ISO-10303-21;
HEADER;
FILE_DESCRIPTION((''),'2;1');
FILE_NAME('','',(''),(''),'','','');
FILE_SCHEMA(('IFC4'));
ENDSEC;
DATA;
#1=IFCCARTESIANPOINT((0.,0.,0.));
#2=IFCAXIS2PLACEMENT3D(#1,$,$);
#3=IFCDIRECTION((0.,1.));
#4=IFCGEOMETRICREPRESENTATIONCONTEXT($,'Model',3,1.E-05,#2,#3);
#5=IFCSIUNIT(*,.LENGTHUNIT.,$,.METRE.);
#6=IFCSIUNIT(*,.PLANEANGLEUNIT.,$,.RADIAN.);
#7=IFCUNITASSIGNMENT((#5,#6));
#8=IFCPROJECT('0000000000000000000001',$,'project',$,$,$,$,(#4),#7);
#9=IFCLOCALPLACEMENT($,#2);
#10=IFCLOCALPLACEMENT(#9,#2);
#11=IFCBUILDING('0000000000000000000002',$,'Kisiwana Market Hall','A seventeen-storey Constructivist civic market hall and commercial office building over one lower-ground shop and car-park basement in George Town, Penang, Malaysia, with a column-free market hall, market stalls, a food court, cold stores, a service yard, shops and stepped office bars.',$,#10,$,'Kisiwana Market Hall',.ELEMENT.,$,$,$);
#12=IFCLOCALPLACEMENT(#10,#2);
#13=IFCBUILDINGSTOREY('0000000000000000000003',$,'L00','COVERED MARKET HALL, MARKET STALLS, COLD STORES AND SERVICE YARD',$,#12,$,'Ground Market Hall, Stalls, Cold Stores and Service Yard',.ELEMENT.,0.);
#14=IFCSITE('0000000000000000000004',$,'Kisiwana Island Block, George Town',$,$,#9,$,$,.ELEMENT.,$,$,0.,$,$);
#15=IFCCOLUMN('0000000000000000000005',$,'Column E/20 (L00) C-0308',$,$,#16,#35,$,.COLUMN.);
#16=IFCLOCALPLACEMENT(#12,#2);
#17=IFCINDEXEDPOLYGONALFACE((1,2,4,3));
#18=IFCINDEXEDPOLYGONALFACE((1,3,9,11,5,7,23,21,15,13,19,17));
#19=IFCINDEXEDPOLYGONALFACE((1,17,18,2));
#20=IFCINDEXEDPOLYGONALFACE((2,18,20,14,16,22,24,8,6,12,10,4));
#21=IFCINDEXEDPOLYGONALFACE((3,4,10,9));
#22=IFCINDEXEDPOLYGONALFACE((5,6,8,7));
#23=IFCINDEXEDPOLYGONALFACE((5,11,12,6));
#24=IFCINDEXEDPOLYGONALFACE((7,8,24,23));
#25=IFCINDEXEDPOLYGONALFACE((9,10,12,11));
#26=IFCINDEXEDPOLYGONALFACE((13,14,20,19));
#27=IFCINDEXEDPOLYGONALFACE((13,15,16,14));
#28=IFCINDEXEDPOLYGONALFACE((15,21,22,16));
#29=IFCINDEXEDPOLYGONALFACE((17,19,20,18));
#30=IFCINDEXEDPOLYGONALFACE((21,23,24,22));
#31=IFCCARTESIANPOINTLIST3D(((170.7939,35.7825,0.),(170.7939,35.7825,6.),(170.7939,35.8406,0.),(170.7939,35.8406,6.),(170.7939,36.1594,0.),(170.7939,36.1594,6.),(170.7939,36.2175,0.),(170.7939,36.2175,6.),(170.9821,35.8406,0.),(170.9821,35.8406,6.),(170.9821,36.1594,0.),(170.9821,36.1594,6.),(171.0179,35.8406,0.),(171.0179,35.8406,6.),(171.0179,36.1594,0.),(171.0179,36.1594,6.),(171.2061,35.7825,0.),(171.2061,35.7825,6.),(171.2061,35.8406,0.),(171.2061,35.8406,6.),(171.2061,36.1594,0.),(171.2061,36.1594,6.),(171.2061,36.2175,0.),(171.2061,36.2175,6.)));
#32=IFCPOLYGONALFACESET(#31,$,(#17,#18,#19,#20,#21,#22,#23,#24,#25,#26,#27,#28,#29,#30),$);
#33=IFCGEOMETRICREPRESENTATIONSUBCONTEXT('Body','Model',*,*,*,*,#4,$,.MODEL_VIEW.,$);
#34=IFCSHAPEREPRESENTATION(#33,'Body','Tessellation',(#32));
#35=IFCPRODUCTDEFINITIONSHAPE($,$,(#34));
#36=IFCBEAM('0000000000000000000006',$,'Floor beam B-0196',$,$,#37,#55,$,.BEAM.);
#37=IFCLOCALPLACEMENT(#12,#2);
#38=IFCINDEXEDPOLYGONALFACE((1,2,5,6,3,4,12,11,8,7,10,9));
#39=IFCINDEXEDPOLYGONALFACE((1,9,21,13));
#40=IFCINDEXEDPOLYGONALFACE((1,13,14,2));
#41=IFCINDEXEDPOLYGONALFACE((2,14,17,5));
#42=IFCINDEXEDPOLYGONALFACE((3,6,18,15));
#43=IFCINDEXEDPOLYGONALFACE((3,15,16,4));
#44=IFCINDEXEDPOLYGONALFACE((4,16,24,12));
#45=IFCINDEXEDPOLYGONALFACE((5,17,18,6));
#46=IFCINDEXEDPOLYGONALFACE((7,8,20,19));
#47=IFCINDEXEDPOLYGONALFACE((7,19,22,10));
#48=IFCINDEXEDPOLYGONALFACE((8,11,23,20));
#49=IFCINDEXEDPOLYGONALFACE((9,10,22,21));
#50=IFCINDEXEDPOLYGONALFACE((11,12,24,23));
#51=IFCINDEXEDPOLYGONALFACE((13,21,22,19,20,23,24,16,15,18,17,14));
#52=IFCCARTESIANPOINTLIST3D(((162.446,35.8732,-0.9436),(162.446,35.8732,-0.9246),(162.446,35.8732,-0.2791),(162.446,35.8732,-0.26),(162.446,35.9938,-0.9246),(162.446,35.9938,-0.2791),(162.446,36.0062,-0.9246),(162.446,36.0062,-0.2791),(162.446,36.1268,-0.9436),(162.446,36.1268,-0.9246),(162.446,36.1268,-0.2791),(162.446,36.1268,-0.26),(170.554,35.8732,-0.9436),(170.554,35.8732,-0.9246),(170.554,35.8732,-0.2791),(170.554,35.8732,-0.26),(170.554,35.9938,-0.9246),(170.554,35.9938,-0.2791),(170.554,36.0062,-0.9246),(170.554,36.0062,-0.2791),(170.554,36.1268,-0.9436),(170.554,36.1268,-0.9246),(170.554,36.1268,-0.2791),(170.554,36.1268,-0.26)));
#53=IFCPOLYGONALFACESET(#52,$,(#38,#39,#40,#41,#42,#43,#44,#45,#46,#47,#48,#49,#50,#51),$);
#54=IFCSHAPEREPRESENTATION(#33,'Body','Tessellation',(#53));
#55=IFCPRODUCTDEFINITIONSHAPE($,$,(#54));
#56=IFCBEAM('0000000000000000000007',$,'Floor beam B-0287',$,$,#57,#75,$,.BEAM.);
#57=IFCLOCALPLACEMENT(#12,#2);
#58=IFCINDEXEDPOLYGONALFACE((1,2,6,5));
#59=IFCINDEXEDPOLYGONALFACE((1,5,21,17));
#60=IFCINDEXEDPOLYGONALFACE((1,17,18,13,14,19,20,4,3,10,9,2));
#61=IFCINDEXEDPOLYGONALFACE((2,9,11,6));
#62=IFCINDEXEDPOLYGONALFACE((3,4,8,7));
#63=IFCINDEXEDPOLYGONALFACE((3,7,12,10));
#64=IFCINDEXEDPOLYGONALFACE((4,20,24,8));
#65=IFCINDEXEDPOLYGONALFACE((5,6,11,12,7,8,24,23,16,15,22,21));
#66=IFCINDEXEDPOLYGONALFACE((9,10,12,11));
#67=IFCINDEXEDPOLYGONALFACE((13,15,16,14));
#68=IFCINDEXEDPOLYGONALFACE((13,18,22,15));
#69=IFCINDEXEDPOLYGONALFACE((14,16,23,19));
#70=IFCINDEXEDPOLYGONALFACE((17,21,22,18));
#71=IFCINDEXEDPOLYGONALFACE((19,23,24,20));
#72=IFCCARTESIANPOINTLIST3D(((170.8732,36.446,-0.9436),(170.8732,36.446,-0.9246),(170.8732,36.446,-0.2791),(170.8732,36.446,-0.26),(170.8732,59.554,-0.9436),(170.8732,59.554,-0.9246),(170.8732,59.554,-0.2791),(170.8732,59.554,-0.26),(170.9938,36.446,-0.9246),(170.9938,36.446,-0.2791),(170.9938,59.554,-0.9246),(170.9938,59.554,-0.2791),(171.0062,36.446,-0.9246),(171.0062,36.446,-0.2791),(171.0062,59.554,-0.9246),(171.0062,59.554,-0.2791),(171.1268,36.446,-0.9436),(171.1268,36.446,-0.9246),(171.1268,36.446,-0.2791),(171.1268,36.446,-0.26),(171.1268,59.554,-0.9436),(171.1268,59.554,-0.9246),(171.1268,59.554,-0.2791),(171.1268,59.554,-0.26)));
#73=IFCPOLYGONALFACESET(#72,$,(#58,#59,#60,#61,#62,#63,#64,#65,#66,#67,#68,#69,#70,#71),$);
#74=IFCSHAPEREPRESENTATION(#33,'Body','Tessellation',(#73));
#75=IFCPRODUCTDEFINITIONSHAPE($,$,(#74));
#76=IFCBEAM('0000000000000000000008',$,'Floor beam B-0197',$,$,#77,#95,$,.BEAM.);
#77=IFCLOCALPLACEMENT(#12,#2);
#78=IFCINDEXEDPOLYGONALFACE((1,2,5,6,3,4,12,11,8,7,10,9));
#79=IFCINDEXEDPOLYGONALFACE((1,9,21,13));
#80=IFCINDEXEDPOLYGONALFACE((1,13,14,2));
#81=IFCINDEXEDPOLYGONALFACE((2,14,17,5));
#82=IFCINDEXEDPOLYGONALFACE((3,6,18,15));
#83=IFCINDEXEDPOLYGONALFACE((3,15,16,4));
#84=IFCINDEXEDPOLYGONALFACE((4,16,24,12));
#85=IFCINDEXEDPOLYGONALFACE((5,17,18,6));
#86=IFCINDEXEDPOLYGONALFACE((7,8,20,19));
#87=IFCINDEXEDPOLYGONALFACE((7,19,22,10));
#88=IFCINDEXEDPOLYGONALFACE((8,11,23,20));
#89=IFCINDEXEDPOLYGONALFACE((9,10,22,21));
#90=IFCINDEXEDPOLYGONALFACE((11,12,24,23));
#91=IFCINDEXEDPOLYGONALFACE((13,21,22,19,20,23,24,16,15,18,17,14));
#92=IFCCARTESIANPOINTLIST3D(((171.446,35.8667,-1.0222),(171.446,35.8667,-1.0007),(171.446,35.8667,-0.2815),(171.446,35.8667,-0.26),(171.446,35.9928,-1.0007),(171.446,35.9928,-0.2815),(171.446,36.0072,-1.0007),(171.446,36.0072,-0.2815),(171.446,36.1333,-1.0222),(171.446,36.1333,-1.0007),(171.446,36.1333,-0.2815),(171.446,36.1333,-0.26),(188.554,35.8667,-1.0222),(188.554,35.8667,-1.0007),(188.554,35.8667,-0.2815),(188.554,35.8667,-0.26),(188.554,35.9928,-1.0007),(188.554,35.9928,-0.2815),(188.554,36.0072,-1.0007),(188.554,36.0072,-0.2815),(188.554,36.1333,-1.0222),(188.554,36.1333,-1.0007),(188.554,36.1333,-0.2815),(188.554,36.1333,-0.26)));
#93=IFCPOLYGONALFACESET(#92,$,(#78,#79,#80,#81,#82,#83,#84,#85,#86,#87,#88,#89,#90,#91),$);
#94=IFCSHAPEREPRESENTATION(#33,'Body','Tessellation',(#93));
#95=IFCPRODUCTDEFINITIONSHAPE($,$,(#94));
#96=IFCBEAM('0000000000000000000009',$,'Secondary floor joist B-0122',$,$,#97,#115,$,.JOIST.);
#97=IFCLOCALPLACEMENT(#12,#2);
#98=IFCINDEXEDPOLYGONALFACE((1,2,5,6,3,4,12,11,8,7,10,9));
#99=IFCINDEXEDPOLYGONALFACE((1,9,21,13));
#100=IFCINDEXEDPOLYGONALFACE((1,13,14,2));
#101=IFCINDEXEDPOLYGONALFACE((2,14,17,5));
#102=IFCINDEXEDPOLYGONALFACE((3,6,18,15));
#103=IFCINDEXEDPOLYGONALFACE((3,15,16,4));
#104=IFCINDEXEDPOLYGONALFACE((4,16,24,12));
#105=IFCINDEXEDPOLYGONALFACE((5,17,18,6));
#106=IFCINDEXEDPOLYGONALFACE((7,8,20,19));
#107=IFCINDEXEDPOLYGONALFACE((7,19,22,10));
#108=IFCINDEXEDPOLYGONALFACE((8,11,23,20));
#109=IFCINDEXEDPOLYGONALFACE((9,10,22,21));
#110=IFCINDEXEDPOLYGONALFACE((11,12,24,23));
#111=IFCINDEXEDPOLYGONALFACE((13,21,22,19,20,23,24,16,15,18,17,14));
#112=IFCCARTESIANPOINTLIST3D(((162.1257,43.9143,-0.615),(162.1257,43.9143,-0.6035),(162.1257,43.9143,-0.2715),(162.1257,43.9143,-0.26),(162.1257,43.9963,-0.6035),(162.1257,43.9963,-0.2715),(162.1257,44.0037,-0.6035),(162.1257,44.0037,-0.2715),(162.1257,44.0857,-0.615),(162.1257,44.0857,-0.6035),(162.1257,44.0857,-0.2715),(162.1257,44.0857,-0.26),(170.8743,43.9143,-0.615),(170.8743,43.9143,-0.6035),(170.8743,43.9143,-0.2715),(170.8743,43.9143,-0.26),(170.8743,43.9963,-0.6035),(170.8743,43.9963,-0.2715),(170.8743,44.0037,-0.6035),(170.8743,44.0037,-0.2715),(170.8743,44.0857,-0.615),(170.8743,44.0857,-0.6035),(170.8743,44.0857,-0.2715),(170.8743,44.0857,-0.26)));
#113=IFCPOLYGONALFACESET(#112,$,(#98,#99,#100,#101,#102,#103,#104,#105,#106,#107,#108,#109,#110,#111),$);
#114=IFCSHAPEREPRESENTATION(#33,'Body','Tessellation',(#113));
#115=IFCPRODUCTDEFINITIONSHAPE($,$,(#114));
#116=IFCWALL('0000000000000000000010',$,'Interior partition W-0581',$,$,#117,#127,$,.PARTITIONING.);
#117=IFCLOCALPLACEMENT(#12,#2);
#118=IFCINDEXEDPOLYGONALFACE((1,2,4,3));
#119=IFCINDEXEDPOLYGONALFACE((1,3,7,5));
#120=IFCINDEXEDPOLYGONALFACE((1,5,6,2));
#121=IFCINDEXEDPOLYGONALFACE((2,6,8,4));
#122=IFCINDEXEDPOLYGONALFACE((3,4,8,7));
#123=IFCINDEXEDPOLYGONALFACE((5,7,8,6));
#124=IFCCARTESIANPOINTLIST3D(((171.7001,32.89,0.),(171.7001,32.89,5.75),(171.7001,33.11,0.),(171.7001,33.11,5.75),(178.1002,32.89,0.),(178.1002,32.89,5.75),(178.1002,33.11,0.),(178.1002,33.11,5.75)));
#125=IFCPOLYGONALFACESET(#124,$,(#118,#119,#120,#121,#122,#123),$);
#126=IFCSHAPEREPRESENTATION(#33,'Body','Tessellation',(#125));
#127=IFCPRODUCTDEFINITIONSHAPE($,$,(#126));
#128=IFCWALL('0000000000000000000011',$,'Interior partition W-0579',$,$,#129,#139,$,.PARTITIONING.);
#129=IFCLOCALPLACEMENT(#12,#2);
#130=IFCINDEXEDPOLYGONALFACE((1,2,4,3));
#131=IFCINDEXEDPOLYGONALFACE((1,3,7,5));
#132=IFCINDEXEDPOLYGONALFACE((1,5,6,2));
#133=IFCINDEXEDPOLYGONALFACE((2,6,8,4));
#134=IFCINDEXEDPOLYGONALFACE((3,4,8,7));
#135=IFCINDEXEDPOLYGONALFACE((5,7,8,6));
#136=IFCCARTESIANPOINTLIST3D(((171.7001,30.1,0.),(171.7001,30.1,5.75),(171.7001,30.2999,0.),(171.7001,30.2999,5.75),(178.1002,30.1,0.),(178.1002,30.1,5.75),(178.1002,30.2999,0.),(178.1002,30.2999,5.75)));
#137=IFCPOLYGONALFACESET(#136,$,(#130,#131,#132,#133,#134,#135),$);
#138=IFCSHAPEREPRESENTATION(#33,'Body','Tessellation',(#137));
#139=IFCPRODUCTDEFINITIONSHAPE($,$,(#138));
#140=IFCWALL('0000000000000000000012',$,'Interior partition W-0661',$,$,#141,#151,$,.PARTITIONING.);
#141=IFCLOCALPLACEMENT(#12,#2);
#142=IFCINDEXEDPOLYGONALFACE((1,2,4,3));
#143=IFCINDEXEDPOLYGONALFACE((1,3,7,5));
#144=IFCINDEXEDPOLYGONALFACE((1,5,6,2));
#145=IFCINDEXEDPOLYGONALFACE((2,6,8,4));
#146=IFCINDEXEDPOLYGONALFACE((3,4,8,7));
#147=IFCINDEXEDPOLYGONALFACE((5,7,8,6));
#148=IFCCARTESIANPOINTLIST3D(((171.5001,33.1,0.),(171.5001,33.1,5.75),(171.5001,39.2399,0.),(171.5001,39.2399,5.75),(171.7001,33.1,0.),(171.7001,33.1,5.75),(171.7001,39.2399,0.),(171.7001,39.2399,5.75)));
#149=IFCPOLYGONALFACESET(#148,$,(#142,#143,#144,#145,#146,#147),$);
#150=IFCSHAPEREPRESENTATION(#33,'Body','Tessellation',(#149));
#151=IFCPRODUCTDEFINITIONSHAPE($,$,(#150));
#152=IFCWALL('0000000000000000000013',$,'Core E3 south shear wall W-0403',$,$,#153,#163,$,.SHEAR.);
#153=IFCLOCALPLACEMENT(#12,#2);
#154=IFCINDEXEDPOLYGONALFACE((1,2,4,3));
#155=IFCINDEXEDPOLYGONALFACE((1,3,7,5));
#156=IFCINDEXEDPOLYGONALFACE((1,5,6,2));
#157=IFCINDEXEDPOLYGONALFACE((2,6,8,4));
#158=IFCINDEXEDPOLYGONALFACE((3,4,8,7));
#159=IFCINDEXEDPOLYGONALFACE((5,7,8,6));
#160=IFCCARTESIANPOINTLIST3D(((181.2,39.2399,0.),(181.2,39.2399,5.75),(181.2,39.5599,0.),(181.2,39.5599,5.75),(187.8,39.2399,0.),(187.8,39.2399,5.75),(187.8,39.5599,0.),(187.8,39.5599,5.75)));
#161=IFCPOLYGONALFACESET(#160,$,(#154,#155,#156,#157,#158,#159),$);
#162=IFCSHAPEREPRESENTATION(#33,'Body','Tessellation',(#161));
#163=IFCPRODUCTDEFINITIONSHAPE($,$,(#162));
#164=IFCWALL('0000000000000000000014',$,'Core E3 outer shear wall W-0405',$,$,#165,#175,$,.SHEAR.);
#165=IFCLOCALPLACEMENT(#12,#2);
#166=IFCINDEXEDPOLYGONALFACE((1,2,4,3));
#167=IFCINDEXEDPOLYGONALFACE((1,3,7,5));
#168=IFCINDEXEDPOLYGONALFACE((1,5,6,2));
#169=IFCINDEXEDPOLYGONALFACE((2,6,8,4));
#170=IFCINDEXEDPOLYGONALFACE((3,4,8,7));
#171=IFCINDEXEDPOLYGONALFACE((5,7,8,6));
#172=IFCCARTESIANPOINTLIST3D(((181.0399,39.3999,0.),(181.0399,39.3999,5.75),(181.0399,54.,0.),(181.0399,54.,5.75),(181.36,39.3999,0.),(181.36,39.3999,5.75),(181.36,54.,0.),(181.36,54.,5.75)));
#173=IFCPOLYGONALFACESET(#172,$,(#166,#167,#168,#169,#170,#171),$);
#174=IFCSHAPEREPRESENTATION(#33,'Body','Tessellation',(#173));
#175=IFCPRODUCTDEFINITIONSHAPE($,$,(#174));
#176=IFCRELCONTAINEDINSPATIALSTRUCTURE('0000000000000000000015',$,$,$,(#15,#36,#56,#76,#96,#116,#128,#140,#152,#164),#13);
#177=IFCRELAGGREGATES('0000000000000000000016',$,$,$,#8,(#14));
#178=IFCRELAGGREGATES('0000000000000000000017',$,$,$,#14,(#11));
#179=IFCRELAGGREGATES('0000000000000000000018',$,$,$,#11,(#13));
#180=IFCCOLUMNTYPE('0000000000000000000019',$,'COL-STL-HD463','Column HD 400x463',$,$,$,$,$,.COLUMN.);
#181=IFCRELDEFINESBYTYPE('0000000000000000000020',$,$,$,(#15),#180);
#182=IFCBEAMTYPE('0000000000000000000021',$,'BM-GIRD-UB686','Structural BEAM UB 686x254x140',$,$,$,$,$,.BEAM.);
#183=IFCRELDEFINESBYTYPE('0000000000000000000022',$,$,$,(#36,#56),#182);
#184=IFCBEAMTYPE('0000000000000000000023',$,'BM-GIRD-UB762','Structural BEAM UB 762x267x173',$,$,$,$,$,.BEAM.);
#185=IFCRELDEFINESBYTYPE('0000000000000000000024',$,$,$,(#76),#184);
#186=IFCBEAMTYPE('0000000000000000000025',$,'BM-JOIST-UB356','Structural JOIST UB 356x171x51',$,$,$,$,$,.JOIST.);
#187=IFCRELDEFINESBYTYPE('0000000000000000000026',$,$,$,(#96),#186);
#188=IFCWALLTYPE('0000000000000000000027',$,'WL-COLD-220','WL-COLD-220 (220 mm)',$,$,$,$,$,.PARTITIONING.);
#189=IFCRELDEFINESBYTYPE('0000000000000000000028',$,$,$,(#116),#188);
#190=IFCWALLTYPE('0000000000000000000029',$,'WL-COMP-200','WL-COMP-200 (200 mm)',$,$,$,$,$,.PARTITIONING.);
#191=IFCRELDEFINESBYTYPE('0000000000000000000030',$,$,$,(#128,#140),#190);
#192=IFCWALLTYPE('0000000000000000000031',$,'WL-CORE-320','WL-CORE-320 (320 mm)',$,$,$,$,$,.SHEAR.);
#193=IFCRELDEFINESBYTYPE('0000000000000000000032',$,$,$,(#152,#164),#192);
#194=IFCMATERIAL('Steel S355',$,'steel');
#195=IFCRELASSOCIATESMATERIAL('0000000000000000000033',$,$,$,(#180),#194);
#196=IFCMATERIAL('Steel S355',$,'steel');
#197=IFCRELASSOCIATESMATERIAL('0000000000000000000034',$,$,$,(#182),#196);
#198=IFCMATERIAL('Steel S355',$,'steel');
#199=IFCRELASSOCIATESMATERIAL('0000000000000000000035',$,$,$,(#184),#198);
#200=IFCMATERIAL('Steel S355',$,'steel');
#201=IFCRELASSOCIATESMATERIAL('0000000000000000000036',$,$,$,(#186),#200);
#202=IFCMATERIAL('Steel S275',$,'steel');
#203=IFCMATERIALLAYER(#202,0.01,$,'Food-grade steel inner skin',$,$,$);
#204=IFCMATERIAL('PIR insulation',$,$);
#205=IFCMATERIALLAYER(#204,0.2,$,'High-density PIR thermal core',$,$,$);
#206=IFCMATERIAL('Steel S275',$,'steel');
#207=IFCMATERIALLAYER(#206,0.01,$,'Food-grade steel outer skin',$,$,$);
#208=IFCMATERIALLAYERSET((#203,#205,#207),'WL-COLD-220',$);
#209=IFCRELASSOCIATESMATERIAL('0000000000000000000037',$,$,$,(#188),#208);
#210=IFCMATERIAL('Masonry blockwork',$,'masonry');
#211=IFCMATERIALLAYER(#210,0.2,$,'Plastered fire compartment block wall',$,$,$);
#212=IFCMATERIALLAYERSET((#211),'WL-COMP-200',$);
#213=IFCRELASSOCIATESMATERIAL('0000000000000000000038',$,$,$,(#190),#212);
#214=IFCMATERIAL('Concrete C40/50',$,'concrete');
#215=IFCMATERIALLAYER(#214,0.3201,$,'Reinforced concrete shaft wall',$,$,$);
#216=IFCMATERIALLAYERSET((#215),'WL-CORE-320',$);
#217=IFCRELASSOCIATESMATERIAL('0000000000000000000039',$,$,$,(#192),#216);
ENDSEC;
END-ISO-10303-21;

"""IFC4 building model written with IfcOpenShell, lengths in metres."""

from ifc_helpers import new_model, si_unit, direction, frame, frame_2d, origin, origin_2d, place, context, subcontext, project, spatial, rectangle, i_section, extrude, material, layer, layer_set, material_profile, profile_set, type_object, element, save


model = new_model("IFC4")

# Units and contexts
model_context = context("Model", 3, precision=1e-05, world=origin(), true_north=direction((0.0, 1.0)))
body_context = subcontext(model_context, "Body", "Model", "MODEL_VIEW")
ifc_project = project(units=[si_unit("LENGTHUNIT", "METRE"), si_unit("PLANEANGLEUNIT", "RADIAN")], contexts=[model_context])

# Site, building, storey
site_placement = place(None, origin())
site = spatial("IfcSite", under=ifc_project, at=site_placement, Name="Kisiwana Island Block, George Town", CompositionType="ELEMENT", RefElevation=0.0)
building_placement = place(site_placement, origin())
building = spatial("IfcBuilding", under=site, at=building_placement, Name="Kisiwana Market Hall", Description="A seventeen-storey Constructivist civic market hall and commercial office building over one lower-ground shop and car-park basement in George Town, Penang, Malaysia, with a column-free market hall, market stalls, a food court, cold stores, a service yard, shops and stepped office bars.", LongName="Kisiwana Market Hall", CompositionType="ELEMENT")
storey_placement = place(building_placement, origin())
storey = spatial("IfcBuildingStorey", under=building, at=storey_placement, Name="L00", Description="COVERED MARKET HALL, MARKET STALLS, COLD STORES AND SERVICE YARD", LongName="Ground Market Hall, Stalls, Cold Stores and Service Yard", CompositionType="ELEMENT", Elevation=0.0)

# Column
ifc_material_1 = material(Name="Steel S355", Category="steel")
ifc_material_profile_1 = material_profile(ifc_material_1, i_section(OverallWidth=0.4121, OverallDepth=0.4351, WebThickness=0.0359, FlangeThickness=0.0581, at=origin_2d()), Name="HD 400x463")
ifc_profile_set_1 = profile_set([ifc_material_profile_1], Name="Steel S355")
column_type = type_object("IfcColumnType", Name="COL-STL-HD463", Description="Column HD 400x463", PredefinedType="COLUMN", material=ifc_profile_set_1)
column_placement = place(storey_placement, frame((171.0, 36.0, 0.0), z_axis=(0.0, 0.0, 1.0), x_axis=(1.0, 0.0, 0.0)))
element("IfcColumn", 1, at=column_placement, inside=storey, type_object=column_type, Name="Column E/20 (L00) C-0308", PredefinedType="COLUMN", context=body_context, shape_type="SweptSolid", body=[
    extrude(i_section(OverallWidth=0.4121, OverallDepth=0.4351, WebThickness=0.0359, FlangeThickness=0.0581, at=origin_2d()), origin(), (0.0, 0.0, 1.0), 6.0),
])

# Beams
ifc_material_2 = material(Name="Steel S355", Category="steel")
ifc_material_profile_2 = material_profile(ifc_material_2, i_section(OverallWidth=0.2537, OverallDepth=0.6836, WebThickness=0.0125, FlangeThickness=0.019, at=origin_2d()), Name="UB 686x254x140")
ifc_profile_set_2 = profile_set([ifc_material_profile_2], Name="Steel S355")
beam_type_1 = type_object("IfcBeamType", Name="BM-GIRD-UB686", Description="Structural BEAM UB 686x254x140", PredefinedType="BEAM", material=ifc_profile_set_2)
beam_1_placement = place(storey_placement, frame((162.446, 36.0, -0.6018), z_axis=(1.0, 0.0, 0.0), x_axis=(0.0, 1.0, 0.0)))
element("IfcBeam", 2, at=beam_1_placement, inside=storey, type_object=beam_type_1, Name="Floor beam B-0196", PredefinedType="BEAM", context=body_context, shape_type="SweptSolid", body=[
    extrude(i_section(OverallWidth=0.2537, OverallDepth=0.6836, WebThickness=0.0125, FlangeThickness=0.019, at=origin_2d()), origin(), (0.0, 0.0, 1.0), 8.1079),
])
beam_2_placement = place(storey_placement, frame((171.0, 36.446, -0.6018), z_axis=(0.0, 1.0, 0.0), x_axis=(-1.0, 0.0, 0.0)))
element("IfcBeam", 3, at=beam_2_placement, inside=storey, type_object=beam_type_1, Name="Floor beam B-0287", PredefinedType="BEAM", context=body_context, shape_type="SweptSolid", body=[
    extrude(i_section(OverallWidth=0.2537, OverallDepth=0.6836, WebThickness=0.0125, FlangeThickness=0.019, at=origin_2d()), origin(), (0.0, 0.0, 1.0), 23.1079),
])
ifc_material_3 = material(Name="Steel S355", Category="steel")
ifc_material_profile_3 = material_profile(ifc_material_3, i_section(OverallWidth=0.2666, OverallDepth=0.7622, WebThickness=0.0144, FlangeThickness=0.0215, at=origin_2d()), Name="UB 762x267x173")
ifc_profile_set_3 = profile_set([ifc_material_profile_3], Name="Steel S355")
beam_type_2 = type_object("IfcBeamType", Name="BM-GIRD-UB762", Description="Structural BEAM UB 762x267x173", PredefinedType="BEAM", material=ifc_profile_set_3)
beam_3_placement = place(storey_placement, frame((171.446, 36.0, -0.6411), z_axis=(1.0, 0.0, 0.0), x_axis=(0.0, 1.0, 0.0)))
element("IfcBeam", 4, at=beam_3_placement, inside=storey, type_object=beam_type_2, Name="Floor beam B-0197", PredefinedType="BEAM", context=body_context, shape_type="SweptSolid", body=[
    extrude(i_section(OverallWidth=0.2666, OverallDepth=0.7622, WebThickness=0.0144, FlangeThickness=0.0215, at=origin_2d()), origin(), (0.0, 0.0, 1.0), 17.1079),
])
ifc_material_4 = material(Name="Steel S355", Category="steel")
ifc_material_profile_4 = material_profile(ifc_material_4, i_section(OverallWidth=0.1714, OverallDepth=0.355, WebThickness=0.0073, FlangeThickness=0.0115, at=origin_2d()), Name="UB 356x171x51")
ifc_profile_set_4 = profile_set([ifc_material_profile_4], Name="Steel S355")
beam_type_3 = type_object("IfcBeamType", Name="BM-JOIST-UB356", Description="Structural JOIST UB 356x171x51", PredefinedType="JOIST", material=ifc_profile_set_4)
beam_4_placement = place(storey_placement, frame((162.1257, 44.0, -0.4375), z_axis=(1.0, 0.0, 0.0), x_axis=(0.0, 1.0, 0.0)))
element("IfcBeam", 5, at=beam_4_placement, inside=storey, type_object=beam_type_3, Name="Secondary floor joist B-0122", PredefinedType="JOIST", context=body_context, shape_type="SweptSolid", body=[
    extrude(i_section(OverallWidth=0.1714, OverallDepth=0.355, WebThickness=0.0073, FlangeThickness=0.0115, at=origin_2d()), origin(), (0.0, 0.0, 1.0), 8.7485),
])

# Walls
ifc_material_5 = material(Name="Steel S275", Category="steel")
ifc_layer_1 = layer(ifc_material_5, 0.01, Name="Food-grade steel inner skin")
ifc_material_6 = material(Name="PIR insulation")
ifc_layer_2 = layer(ifc_material_6, 0.2, Name="High-density PIR thermal core")
ifc_material_7 = material(Name="Steel S275", Category="steel")
ifc_layer_3 = layer(ifc_material_7, 0.01, Name="Food-grade steel outer skin")
ifc_layer_set_1 = layer_set([ifc_layer_1, ifc_layer_2, ifc_layer_3], Name="WL-COLD-220")
wall_type_1 = type_object("IfcWallType", Name="WL-COLD-220", Description="WL-COLD-220 (220 mm)", PredefinedType="PARTITIONING", material=ifc_layer_set_1)
wall_1_placement = place(storey_placement, frame((171.7, 33.0, 0.0), z_axis=(0.0, 0.0, 1.0), x_axis=(1.0, 0.0, 0.0)))
element("IfcWall", 6, at=wall_1_placement, inside=storey, type_object=wall_type_1, Name="Interior partition W-0581", PredefinedType="PARTITIONING", context=body_context, shape_type="SweptSolid", body=[
    extrude(rectangle(XDim=6.4001, YDim=0.22, at=frame_2d((3.2002, 0.0))), origin(), (0.0, 0.0, 1.0), 5.75),
])
ifc_material_8 = material(Name="Masonry blockwork", Category="masonry")
ifc_layer_4 = layer(ifc_material_8, 0.2, Name="Plastered fire compartment block wall")
ifc_layer_set_2 = layer_set([ifc_layer_4], Name="WL-COMP-200")
wall_type_2 = type_object("IfcWallType", Name="WL-COMP-200", Description="WL-COMP-200 (200 mm)", PredefinedType="PARTITIONING", material=ifc_layer_set_2)
wall_2_placement = place(storey_placement, frame((171.7, 30.2, 0.0), z_axis=(0.0, 0.0, 1.0), x_axis=(1.0, 0.0, 0.0)))
element("IfcWall", 7, at=wall_2_placement, inside=storey, type_object=wall_type_2, Name="Interior partition W-0579", PredefinedType="PARTITIONING", context=body_context, shape_type="SweptSolid", body=[
    extrude(rectangle(XDim=6.4001, YDim=0.2, at=frame_2d((3.2002, 0.0))), origin(), (0.0, 0.0, 1.0), 5.75),
])
wall_3_placement = place(storey_placement, frame((171.6001, 33.1001, 0.0), z_axis=(0.0, 0.0, 1.0), x_axis=(0.0, 1.0, 0.0)))
element("IfcWall", 8, at=wall_3_placement, inside=storey, type_object=wall_type_2, Name="Interior partition W-0661", PredefinedType="PARTITIONING", context=body_context, shape_type="SweptSolid", body=[
    extrude(rectangle(XDim=6.1399, YDim=0.2, at=frame_2d((3.0698, 0.0))), origin(), (0.0, 0.0, 1.0), 5.75),
])
ifc_material_9 = material(Name="Concrete C40/50", Category="concrete")
ifc_layer_5 = layer(ifc_material_9, 0.3201, Name="Reinforced concrete shaft wall")
ifc_layer_set_3 = layer_set([ifc_layer_5], Name="WL-CORE-320")
wall_type_3 = type_object("IfcWallType", Name="WL-CORE-320", Description="WL-CORE-320 (320 mm)", PredefinedType="SHEAR", material=ifc_layer_set_3)
wall_4_placement = place(storey_placement, frame((181.2, 39.3999, 0.0), z_axis=(0.0, 0.0, 1.0), x_axis=(1.0, 0.0, 0.0)))
element("IfcWall", 9, at=wall_4_placement, inside=storey, type_object=wall_type_3, Name="Core E3 south shear wall W-0403", PredefinedType="SHEAR", context=body_context, shape_type="SweptSolid", body=[
    extrude(rectangle(XDim=6.6001, YDim=0.3201, at=frame_2d((3.3, 0.0))), origin(), (0.0, 0.0, 1.0), 5.75),
])
wall_5_placement = place(storey_placement, frame((181.2, 39.3999, 0.0), z_axis=(0.0, 0.0, 1.0), x_axis=(0.0, 1.0, 0.0)))
element("IfcWall", 10, at=wall_5_placement, inside=storey, type_object=wall_type_3, Name="Core E3 outer shear wall W-0405", PredefinedType="SHEAR", context=body_context, shape_type="SweptSolid", body=[
    extrude(rectangle(XDim=14.6001, YDim=0.3201, at=frame_2d((7.3, 0.0))), origin(), (0.0, 0.0, 1.0), 5.75),
])

save(model, "model.ifc")
